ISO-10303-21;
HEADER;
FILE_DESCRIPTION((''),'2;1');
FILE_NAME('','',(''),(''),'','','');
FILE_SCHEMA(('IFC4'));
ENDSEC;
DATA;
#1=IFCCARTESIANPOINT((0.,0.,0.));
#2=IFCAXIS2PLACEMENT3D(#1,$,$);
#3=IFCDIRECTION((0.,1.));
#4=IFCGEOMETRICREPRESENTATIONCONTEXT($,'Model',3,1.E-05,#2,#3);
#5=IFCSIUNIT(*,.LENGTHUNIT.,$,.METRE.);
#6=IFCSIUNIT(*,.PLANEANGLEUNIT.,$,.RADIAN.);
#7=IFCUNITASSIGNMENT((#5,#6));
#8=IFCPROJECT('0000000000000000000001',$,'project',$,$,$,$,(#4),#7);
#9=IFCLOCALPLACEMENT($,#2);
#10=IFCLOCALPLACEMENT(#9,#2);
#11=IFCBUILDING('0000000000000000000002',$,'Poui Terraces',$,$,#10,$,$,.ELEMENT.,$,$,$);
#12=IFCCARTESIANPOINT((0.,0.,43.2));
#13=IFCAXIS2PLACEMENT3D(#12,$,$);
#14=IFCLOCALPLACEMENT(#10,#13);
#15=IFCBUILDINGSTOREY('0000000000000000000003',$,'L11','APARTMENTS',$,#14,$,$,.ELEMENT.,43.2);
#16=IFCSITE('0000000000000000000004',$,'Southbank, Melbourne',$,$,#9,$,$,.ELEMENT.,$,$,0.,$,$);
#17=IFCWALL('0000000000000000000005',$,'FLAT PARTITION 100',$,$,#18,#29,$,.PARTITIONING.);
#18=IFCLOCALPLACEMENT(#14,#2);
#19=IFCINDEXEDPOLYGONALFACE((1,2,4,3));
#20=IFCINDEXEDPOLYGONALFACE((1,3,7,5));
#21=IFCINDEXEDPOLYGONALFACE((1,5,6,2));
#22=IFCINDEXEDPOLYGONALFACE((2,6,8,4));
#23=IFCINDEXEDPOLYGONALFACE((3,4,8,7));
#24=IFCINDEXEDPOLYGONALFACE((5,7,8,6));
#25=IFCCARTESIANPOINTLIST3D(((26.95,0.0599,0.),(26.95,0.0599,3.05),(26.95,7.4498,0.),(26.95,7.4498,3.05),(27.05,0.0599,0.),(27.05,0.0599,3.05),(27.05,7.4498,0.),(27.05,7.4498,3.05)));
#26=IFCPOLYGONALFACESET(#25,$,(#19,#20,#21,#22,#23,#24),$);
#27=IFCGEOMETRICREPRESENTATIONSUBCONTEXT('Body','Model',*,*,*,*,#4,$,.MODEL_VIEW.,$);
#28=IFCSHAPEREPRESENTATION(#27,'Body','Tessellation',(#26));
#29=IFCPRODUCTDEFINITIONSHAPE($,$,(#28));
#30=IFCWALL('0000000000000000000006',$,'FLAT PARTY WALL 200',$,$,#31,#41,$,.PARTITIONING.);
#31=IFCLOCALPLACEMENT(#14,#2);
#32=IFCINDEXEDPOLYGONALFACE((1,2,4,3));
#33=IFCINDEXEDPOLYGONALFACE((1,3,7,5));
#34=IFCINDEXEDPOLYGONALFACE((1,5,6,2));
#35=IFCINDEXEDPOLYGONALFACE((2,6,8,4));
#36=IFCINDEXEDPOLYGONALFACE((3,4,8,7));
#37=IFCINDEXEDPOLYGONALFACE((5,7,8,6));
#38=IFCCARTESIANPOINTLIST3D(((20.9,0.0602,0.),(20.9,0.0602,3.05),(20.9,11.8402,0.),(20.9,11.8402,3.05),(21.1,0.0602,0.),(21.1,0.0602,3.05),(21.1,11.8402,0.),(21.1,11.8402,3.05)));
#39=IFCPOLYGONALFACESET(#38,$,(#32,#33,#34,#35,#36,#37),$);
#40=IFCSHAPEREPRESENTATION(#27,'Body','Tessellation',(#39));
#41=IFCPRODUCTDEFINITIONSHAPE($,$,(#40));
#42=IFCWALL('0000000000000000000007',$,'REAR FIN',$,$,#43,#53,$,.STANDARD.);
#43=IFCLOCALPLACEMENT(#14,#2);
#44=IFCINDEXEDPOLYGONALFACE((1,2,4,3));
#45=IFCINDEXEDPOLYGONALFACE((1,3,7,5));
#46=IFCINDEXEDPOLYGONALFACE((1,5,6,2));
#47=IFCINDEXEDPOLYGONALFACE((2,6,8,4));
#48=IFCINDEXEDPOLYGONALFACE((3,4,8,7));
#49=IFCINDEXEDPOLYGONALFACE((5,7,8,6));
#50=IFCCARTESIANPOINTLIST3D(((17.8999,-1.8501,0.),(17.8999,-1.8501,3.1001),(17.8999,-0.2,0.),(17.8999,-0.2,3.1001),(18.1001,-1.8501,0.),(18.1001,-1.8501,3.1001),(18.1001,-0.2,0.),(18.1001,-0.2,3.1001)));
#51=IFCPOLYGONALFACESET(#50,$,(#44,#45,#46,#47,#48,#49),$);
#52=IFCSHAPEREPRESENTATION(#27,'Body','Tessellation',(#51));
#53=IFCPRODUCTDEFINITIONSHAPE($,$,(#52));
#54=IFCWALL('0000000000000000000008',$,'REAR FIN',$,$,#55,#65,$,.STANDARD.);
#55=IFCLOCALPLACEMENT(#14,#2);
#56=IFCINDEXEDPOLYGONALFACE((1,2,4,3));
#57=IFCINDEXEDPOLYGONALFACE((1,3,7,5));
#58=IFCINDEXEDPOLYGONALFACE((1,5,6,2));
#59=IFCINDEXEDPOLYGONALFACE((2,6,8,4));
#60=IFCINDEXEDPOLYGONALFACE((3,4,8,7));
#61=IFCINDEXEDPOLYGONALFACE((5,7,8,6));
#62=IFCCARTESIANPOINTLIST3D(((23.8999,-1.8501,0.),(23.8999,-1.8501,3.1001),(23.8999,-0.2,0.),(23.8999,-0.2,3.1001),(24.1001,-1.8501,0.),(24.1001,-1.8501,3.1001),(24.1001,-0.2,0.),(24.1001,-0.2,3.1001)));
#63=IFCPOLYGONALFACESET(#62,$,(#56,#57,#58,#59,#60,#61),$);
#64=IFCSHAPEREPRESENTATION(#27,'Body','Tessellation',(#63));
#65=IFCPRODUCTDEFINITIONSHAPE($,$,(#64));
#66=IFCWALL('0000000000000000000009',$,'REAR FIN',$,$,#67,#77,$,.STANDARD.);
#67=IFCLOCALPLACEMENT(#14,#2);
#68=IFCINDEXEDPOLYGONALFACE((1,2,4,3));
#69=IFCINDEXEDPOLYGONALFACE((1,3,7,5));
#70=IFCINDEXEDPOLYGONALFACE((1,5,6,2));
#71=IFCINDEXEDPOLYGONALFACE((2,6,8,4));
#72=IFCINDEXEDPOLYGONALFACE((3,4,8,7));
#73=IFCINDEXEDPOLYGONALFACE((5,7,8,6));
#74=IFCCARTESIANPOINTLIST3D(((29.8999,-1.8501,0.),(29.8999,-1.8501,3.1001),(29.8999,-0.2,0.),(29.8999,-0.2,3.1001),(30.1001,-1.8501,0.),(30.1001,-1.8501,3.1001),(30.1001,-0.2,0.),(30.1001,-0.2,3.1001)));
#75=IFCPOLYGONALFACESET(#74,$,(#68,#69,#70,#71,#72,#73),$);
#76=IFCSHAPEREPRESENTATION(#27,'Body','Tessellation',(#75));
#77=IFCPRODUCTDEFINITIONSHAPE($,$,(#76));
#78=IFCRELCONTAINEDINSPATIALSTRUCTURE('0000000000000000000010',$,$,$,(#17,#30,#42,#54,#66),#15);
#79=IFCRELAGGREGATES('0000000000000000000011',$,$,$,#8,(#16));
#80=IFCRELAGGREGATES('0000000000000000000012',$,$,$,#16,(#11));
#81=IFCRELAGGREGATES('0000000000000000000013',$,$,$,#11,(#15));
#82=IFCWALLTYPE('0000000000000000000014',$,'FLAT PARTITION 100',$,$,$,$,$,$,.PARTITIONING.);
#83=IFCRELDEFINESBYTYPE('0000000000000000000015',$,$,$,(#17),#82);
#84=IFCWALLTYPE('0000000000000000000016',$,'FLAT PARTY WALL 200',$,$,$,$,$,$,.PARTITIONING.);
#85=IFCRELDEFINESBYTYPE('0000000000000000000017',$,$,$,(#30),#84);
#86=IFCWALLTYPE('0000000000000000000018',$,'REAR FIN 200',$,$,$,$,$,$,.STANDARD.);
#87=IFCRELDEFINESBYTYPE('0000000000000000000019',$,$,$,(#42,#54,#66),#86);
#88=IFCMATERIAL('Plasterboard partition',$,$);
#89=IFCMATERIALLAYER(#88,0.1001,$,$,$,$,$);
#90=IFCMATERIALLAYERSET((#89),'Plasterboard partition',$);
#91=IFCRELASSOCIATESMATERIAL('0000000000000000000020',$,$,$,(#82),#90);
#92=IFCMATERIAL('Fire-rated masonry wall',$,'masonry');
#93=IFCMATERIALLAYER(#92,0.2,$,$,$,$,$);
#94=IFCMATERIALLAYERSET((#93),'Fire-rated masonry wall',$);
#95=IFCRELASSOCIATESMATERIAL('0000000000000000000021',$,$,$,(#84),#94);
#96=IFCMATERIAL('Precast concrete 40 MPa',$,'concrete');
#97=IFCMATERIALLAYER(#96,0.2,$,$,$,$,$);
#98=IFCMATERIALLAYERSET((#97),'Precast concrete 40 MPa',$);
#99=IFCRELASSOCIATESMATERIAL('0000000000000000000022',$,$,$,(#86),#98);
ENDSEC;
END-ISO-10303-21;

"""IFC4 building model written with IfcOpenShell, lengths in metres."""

from ifc_helpers import new_model, si_unit, direction, frame, frame_2d, origin, place, context, subcontext, project, spatial, polyline, rectangle, outline, extrude, source, transform, mapped, material, layer, layer_set, type_object, element, save


model = new_model("IFC4")

# Units and contexts
model_context = context("Model", 3, precision=1e-05, world=origin(), true_north=direction((0.0, 1.0)))
body_context = subcontext(model_context, "Body", "Model", "MODEL_VIEW")
ifc_project = project(units=[si_unit("LENGTHUNIT", "METRE"), si_unit("PLANEANGLEUNIT", "RADIAN")], contexts=[model_context])

# Site, building, storey
site_placement = place(None, origin())
site = spatial("IfcSite", under=ifc_project, at=site_placement, Name="Southbank, Melbourne", CompositionType="ELEMENT", RefElevation=0.0)
building_placement = place(site_placement, origin())
building = spatial("IfcBuilding", under=site, at=building_placement, Name="Poui Terraces", CompositionType="ELEMENT")
storey_placement = place(building_placement, frame((0.0, 0.0, 43.2)))
storey = spatial("IfcBuildingStorey", under=building, at=storey_placement, Name="L11", Description="APARTMENTS", CompositionType="ELEMENT", Elevation=43.2)

# Shared definitions
ifc_material_1 = material(Name="Precast concrete 40 MPa", Category="concrete")

# Shared definitions
ifc_material_2 = material(Name="Plasterboard partition")
ifc_layer_1 = layer(ifc_material_2, 0.1001)
ifc_layer_set_1 = layer_set([ifc_layer_1], Name="Plasterboard partition")
wall_type_1 = type_object("IfcWallType", Name="FLAT PARTITION 100", PredefinedType="PARTITIONING", material=ifc_layer_set_1)

# Walls
wall_1_placement = place(storey_placement, frame((27.0, 0.0601, 0.0), z_axis=(0.0, 0.0, 1.0), x_axis=(0.0, 1.0, 0.0)))
element("IfcWall", 1, at=wall_1_placement, inside=storey, type_object=wall_type_1, Name="FLAT PARTITION 100", PredefinedType="PARTITIONING", context=body_context, shape_type="SweptSolid", body=[
    extrude(rectangle(XDim=7.3899, YDim=0.1001, at=frame_2d((3.6948, 0.0))), origin(), (0.0, 0.0, 1.0), 3.05),
])
ifc_material_3 = material(Name="Fire-rated masonry wall", Category="masonry")
ifc_layer_2 = layer(ifc_material_3, 0.2)
ifc_layer_set_2 = layer_set([ifc_layer_2], Name="Fire-rated masonry wall")
wall_type_2 = type_object("IfcWallType", Name="FLAT PARTY WALL 200", PredefinedType="PARTITIONING", material=ifc_layer_set_2)
wall_2_placement = place(storey_placement, frame((21.0, 0.0601, 0.0), z_axis=(0.0, 0.0, 1.0), x_axis=(0.0, 1.0, 0.0)))
element("IfcWall", 2, at=wall_2_placement, inside=storey, type_object=wall_type_2, Name="FLAT PARTY WALL 200", PredefinedType="PARTITIONING", context=body_context, shape_type="SweptSolid", body=[
    extrude(rectangle(XDim=11.78, YDim=0.2, at=frame_2d((5.8901, 0.0))), origin(), (0.0, 0.0, 1.0), 3.05),
])
ifc_layer_3 = layer(ifc_material_1, 0.2)
ifc_layer_set_3 = layer_set([ifc_layer_3], Name="Precast concrete 40 MPa")
wall_type_3 = type_object("IfcWallType", Name="REAR FIN 200", PredefinedType="STANDARD", material=ifc_layer_set_3)
shared_shape_1 = source(origin(), body_context, "Body", "SweptSolid", [
    extrude(outline(polyline([(0.0, 0.0), (0.2002, 0.0), (0.2002, 1.6501), (0.0, 1.6501), (0.0, 0.0)])), origin(), (0.0, 0.0, 1.0), 3.1001),
])
for number, where, name in (
    (3, (17.8999, -1.8501, 0.0), "REAR FIN"),
    (4, (23.8999, -1.8501, 0.0), "REAR FIN"),
    (5, (29.8999, -1.8501, 0.0), "REAR FIN"),
):
    element("IfcWall", number, at=place(storey_placement, frame(where)), inside=storey, type_object=wall_type_3, Name=name, PredefinedType="STANDARD", context=body_context, shape_type="MappedRepresentation", body=[
        mapped(shared_shape_1, transform((0.0, 0.0, 0.0))),
    ])

save(model, "model.ifc")
